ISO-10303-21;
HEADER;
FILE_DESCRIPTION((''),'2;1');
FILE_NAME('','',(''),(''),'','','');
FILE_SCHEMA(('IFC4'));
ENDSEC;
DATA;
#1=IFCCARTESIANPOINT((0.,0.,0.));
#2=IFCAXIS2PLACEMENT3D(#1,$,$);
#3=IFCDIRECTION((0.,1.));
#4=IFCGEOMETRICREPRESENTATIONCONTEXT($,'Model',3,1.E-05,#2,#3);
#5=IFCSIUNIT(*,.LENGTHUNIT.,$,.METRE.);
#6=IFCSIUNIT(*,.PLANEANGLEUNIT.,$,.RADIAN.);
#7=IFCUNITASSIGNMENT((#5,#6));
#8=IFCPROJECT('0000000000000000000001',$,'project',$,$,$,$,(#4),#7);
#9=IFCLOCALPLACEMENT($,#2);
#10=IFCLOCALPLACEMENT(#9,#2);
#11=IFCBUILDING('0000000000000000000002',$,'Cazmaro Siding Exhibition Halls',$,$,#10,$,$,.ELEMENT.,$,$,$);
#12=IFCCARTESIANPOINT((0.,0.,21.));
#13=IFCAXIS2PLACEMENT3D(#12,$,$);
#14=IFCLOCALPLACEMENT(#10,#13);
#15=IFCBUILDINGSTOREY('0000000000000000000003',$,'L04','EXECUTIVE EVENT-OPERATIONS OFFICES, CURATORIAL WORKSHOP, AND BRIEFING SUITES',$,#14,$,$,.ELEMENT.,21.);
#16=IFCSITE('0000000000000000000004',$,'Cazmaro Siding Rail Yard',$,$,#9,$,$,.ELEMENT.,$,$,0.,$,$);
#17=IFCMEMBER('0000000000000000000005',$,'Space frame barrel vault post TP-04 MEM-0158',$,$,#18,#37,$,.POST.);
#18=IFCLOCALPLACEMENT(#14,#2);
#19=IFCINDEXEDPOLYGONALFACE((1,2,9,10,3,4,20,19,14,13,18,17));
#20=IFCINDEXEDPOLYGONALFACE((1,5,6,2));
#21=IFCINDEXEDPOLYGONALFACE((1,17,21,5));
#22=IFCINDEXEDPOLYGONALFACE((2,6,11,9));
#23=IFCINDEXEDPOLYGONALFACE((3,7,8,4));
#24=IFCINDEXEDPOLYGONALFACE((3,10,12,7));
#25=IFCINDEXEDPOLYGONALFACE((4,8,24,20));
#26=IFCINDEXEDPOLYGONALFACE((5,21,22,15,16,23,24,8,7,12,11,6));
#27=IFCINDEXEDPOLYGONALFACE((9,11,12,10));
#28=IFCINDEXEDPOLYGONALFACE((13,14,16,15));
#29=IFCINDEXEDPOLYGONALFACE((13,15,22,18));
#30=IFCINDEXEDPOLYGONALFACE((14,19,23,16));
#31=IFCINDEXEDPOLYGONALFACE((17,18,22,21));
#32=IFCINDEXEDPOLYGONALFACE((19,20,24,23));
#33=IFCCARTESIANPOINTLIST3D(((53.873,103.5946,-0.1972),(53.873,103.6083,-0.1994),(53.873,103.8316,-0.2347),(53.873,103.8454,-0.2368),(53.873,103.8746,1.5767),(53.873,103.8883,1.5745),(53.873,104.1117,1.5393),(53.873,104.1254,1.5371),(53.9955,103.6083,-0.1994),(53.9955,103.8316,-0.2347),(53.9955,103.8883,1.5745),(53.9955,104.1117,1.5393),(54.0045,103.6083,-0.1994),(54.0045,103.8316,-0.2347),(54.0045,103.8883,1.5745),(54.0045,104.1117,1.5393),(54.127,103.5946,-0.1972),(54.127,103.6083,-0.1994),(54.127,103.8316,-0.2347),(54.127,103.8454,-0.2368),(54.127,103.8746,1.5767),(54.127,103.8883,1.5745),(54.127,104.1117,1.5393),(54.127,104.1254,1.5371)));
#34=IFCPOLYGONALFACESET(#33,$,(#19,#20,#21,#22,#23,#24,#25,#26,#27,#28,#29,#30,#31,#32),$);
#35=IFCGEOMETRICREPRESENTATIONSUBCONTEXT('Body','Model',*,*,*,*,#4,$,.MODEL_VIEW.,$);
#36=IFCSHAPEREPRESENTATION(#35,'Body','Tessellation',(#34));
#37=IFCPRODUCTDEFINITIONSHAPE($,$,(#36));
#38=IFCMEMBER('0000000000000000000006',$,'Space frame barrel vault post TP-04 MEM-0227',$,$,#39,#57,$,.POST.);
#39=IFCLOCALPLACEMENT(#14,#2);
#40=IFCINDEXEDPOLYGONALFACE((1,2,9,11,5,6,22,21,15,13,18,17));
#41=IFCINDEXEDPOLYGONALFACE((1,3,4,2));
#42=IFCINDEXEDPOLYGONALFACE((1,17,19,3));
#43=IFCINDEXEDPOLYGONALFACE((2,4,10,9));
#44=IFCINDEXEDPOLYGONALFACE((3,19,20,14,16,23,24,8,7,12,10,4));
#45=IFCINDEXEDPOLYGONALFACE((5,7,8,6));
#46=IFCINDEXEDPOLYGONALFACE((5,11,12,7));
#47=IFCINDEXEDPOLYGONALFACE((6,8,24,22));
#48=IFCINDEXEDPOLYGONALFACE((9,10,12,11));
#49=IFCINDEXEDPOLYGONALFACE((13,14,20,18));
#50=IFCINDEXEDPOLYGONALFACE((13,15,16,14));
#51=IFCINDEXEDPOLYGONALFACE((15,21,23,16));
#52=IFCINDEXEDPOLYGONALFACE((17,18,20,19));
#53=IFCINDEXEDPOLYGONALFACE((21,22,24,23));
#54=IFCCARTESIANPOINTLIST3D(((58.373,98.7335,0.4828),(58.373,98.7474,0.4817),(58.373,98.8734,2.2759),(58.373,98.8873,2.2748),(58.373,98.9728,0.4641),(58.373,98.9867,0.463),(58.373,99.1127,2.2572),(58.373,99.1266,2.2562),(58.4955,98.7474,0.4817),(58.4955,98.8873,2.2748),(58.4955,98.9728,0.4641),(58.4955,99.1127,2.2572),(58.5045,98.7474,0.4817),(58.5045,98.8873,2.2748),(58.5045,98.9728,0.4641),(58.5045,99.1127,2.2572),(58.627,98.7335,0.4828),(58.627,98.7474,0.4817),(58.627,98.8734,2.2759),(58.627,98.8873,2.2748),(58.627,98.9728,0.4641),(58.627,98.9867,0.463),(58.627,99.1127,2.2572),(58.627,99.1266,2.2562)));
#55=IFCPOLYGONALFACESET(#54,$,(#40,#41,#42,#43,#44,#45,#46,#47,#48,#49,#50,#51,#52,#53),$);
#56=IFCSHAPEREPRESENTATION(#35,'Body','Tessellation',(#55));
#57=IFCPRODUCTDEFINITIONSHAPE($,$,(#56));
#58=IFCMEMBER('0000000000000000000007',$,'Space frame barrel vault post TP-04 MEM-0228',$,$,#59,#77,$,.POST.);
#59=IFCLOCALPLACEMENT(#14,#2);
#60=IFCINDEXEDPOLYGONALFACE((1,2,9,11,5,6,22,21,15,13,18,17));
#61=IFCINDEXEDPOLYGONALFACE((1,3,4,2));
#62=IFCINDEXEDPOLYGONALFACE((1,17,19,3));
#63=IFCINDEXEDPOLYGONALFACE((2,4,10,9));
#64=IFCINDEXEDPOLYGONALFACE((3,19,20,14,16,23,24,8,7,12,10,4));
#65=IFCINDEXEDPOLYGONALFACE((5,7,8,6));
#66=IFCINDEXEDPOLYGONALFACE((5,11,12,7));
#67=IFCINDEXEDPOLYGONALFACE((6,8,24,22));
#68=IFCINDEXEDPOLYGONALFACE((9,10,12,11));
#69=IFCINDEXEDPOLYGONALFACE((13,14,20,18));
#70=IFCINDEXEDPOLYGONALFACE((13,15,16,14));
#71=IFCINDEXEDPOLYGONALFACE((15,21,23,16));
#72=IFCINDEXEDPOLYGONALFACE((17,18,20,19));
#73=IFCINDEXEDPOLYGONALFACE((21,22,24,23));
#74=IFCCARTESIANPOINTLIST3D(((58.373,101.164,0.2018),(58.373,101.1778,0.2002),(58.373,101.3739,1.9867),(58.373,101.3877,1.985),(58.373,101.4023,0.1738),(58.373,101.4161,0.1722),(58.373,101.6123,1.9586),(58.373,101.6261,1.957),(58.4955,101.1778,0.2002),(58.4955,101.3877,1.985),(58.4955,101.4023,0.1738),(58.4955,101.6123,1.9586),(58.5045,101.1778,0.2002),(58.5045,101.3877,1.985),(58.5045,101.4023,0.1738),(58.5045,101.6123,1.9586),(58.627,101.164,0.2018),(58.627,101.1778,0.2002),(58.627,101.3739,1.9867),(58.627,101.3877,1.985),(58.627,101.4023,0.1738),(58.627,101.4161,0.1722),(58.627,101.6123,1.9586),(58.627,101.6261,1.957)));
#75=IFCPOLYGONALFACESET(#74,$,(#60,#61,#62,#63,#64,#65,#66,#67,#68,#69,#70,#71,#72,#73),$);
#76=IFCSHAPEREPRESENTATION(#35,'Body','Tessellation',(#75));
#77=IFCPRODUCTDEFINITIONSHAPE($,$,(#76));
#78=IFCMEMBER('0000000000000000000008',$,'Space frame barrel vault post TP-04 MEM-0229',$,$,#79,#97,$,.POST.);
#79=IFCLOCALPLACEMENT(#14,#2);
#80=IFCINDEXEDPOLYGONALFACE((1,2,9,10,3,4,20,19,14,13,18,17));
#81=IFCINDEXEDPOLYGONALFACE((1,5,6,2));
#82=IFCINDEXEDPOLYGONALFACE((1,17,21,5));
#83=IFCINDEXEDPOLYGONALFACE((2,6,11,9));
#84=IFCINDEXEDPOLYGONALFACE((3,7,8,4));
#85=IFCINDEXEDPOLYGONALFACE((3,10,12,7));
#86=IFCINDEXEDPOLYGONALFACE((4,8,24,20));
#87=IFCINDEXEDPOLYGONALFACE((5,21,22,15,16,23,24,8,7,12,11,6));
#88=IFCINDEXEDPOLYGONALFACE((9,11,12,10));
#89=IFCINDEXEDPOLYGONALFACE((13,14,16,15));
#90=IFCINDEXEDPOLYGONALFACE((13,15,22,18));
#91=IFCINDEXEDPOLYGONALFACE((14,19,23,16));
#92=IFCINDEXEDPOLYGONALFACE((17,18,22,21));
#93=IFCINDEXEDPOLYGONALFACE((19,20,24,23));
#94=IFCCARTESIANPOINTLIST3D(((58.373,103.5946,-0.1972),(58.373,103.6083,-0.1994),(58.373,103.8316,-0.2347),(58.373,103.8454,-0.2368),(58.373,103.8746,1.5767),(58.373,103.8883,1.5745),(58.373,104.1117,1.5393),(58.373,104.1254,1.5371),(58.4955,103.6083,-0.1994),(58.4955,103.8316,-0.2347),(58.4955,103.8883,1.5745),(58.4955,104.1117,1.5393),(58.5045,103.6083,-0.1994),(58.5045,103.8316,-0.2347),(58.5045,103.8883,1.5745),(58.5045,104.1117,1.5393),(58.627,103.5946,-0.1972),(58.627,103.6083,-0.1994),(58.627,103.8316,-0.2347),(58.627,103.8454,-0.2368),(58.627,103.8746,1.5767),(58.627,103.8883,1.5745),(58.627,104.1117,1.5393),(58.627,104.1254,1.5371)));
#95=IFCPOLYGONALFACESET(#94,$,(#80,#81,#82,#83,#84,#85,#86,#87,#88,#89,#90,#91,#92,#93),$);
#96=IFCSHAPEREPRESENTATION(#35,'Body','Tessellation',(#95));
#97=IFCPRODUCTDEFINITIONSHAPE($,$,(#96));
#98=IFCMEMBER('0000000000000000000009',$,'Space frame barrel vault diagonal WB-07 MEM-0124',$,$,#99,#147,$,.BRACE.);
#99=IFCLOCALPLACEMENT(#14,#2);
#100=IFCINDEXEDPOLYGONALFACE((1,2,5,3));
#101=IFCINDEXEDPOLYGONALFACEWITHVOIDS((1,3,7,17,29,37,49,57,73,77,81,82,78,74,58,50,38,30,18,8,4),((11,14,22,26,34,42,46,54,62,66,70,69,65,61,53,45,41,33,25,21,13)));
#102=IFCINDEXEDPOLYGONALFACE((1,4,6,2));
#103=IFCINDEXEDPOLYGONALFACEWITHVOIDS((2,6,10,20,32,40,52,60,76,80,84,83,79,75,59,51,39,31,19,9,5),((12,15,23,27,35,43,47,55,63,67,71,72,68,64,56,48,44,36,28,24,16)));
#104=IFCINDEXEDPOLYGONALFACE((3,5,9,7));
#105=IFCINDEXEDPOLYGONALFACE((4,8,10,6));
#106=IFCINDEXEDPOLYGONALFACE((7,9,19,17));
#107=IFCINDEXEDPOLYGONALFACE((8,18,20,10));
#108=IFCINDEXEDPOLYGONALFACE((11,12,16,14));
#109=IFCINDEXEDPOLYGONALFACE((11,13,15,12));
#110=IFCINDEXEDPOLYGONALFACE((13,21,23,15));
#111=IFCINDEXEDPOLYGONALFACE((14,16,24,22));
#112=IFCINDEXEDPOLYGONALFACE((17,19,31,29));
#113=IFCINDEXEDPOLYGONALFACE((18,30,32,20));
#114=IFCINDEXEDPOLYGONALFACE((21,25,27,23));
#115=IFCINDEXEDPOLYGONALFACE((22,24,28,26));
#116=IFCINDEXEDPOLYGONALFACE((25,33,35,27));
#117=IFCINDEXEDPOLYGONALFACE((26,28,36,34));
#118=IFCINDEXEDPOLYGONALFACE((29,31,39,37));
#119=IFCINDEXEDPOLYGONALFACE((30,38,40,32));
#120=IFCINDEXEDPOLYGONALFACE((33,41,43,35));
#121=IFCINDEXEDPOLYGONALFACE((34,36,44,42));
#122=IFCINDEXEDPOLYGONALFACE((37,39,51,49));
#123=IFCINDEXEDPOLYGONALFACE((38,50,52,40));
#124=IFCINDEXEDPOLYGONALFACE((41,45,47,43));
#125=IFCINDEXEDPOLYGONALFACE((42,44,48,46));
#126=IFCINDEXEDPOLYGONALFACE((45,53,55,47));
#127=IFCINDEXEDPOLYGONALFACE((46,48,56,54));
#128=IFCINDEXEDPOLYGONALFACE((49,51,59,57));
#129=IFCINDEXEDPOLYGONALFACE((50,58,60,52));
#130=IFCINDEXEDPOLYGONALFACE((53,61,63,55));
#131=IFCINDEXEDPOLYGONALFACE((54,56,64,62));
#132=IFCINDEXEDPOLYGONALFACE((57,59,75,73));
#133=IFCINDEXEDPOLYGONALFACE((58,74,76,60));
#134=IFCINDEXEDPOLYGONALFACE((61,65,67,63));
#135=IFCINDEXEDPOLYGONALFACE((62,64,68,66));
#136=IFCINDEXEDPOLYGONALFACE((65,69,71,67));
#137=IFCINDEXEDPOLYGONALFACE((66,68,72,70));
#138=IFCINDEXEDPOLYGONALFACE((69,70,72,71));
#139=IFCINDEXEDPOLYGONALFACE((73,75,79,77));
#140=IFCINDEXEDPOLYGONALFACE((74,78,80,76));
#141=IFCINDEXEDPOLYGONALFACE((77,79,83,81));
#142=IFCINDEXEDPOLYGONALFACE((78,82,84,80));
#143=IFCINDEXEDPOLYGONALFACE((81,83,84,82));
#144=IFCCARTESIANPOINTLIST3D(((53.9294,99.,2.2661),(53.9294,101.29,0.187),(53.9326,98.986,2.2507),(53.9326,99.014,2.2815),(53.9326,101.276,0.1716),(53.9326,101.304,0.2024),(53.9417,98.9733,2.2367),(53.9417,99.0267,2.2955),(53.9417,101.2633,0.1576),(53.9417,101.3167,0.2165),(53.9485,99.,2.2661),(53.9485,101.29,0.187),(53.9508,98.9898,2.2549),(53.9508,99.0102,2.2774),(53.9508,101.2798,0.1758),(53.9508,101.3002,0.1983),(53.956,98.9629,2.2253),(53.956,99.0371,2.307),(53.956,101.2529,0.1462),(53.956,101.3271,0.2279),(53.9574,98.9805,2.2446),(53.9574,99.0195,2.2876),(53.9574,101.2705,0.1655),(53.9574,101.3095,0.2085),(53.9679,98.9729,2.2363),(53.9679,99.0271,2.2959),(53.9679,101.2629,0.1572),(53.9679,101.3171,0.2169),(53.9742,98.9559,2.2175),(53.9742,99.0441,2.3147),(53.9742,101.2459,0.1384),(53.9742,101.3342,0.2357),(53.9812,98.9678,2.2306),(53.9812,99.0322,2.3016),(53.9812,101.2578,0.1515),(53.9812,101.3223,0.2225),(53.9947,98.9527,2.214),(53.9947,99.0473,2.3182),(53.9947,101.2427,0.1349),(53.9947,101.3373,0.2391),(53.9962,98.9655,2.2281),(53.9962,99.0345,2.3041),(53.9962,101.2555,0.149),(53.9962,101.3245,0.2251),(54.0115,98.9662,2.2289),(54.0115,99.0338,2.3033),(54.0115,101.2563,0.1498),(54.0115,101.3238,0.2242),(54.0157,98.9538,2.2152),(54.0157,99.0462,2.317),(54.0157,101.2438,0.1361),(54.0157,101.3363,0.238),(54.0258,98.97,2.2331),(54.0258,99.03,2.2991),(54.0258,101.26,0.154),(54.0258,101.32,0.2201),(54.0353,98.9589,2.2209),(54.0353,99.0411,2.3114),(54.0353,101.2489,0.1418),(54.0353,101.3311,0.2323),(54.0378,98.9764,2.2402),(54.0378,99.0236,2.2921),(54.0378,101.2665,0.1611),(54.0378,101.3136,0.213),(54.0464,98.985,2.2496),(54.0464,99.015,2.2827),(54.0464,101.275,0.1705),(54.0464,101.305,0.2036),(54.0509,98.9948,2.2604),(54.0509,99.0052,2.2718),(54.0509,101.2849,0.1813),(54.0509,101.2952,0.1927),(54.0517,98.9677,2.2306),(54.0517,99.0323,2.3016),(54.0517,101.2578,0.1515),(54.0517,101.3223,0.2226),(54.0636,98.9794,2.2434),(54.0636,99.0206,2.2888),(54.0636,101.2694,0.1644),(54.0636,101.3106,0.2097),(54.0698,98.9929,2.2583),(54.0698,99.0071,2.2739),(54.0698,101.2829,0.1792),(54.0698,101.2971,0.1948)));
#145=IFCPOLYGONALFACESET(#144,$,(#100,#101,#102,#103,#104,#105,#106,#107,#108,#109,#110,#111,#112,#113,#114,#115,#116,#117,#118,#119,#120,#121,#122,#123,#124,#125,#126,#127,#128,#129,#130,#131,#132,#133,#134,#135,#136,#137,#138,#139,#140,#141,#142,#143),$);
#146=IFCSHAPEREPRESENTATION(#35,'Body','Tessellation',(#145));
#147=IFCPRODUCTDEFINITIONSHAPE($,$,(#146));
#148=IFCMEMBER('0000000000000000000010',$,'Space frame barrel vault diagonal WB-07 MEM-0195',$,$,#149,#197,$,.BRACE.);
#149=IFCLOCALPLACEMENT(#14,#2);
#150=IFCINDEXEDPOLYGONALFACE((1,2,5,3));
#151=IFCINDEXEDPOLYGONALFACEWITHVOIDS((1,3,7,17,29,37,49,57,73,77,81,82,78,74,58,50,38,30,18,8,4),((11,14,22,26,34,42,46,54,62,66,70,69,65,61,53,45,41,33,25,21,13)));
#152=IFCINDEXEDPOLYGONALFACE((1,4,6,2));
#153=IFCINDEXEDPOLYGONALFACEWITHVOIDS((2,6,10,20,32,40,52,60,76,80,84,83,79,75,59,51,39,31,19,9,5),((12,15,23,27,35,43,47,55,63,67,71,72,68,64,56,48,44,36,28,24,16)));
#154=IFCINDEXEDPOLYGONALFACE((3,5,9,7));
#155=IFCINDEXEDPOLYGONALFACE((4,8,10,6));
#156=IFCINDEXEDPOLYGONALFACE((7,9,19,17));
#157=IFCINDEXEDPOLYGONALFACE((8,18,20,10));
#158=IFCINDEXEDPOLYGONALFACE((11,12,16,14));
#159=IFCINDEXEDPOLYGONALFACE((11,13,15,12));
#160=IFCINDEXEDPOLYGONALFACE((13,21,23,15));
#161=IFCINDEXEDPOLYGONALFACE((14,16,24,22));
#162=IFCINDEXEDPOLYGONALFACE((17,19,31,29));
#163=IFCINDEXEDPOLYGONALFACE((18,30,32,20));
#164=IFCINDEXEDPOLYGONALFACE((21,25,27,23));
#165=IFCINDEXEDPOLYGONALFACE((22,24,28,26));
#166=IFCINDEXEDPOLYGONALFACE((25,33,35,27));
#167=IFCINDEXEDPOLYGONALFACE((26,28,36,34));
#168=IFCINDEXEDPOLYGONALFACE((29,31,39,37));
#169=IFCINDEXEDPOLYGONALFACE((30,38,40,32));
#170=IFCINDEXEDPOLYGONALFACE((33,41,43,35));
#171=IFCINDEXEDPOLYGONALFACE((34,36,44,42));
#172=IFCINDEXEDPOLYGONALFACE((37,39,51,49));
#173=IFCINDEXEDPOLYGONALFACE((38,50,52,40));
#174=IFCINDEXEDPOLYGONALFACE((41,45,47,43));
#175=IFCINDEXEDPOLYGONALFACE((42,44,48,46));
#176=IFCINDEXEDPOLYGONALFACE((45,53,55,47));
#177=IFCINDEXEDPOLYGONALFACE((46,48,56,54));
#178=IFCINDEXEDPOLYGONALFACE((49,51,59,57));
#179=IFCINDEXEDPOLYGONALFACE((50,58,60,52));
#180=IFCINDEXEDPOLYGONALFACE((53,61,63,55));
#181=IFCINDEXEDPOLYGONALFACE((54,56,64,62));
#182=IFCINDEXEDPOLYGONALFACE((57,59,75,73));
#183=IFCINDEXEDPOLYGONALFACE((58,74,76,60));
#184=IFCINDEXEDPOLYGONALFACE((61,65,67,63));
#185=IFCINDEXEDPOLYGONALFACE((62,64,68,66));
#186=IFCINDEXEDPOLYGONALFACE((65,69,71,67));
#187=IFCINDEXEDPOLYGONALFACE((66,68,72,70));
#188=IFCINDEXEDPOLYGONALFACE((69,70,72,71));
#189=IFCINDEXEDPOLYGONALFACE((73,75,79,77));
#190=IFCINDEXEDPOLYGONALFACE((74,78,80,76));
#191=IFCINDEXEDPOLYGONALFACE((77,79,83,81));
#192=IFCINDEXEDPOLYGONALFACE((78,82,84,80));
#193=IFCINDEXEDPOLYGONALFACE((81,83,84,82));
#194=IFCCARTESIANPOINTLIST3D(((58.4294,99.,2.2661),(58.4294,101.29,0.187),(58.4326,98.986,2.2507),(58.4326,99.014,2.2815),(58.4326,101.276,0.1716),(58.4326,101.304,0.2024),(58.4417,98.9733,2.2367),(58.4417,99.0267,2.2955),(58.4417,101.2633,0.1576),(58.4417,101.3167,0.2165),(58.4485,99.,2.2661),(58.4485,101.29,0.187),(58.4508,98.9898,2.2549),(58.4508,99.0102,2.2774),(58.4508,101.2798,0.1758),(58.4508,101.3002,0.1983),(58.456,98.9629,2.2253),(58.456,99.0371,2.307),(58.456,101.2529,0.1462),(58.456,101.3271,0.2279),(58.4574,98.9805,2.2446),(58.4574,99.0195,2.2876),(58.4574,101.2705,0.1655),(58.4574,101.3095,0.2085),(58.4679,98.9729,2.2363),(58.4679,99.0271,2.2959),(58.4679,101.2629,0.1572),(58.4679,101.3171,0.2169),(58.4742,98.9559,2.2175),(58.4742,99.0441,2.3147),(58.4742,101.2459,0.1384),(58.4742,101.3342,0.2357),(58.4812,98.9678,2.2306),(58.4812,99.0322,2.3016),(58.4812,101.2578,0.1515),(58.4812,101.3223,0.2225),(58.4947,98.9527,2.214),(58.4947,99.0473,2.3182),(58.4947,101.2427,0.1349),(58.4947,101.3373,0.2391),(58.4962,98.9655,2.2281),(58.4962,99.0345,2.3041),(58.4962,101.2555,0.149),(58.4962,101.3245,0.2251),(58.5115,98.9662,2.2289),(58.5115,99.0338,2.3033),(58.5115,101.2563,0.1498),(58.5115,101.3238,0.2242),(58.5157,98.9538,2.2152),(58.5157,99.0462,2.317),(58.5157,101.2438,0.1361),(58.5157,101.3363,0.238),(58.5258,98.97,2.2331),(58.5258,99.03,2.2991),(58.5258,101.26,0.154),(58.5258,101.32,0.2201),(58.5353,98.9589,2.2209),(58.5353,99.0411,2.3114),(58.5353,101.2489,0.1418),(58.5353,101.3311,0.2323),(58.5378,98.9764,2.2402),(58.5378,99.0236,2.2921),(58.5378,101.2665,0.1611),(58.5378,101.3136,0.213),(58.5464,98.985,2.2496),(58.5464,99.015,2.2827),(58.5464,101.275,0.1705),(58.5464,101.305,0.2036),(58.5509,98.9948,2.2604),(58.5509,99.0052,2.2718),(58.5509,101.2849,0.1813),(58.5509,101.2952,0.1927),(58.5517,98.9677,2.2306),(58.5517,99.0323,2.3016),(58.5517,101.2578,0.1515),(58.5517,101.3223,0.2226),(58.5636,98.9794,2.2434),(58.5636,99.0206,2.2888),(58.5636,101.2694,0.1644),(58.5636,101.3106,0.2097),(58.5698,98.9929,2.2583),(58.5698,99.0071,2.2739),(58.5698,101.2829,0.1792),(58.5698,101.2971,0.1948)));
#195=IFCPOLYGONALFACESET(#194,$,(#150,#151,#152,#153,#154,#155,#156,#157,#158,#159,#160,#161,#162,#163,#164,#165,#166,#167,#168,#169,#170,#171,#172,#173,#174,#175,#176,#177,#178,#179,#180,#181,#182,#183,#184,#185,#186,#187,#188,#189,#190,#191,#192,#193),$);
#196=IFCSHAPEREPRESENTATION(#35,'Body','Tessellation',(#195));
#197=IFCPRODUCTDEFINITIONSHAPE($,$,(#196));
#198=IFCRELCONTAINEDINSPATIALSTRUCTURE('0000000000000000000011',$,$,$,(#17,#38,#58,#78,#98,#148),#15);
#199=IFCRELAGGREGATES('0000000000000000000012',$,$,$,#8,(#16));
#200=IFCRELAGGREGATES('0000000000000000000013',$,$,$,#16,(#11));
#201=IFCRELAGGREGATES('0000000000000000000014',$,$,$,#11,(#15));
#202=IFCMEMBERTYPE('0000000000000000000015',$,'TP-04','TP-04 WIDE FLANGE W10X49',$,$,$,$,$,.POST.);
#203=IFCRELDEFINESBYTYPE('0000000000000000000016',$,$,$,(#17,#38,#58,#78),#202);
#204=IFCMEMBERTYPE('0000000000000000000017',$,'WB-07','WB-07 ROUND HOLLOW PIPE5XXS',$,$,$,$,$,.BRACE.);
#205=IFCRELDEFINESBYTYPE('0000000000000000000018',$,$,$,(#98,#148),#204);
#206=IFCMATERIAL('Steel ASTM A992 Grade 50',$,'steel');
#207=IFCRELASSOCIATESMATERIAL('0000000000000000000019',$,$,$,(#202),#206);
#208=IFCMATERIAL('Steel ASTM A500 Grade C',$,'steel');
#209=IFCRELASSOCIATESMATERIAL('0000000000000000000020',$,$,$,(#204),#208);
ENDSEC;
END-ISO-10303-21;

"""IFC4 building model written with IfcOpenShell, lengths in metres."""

from ifc_helpers import new_model, si_unit, direction, frame, origin, origin_2d, place, context, subcontext, project, spatial, hollow_circle, i_section, extrude, material, material_profile, profile_set, type_object, element, save


model = new_model("IFC4")

# Units and contexts
model_context = context("Model", 3, precision=1e-05, world=origin(), true_north=direction((0.0, 1.0)))
body_context = subcontext(model_context, "Body", "Model", "MODEL_VIEW")
ifc_project = project(units=[si_unit("LENGTHUNIT", "METRE"), si_unit("PLANEANGLEUNIT", "RADIAN")], contexts=[model_context])

# Site, building, storey
site_placement = place(None, origin())
site = spatial("IfcSite", under=ifc_project, at=site_placement, Name="Cazmaro Siding Rail Yard", CompositionType="ELEMENT", RefElevation=0.0)
building_placement = place(site_placement, origin())
building = spatial("IfcBuilding", under=site, at=building_placement, Name="Cazmaro Siding Exhibition Halls", CompositionType="ELEMENT")
storey_placement = place(building_placement, frame((0.0, 0.0, 21.0)))
storey = spatial("IfcBuildingStorey", under=building, at=storey_placement, Name="L04", Description="EXECUTIVE EVENT-OPERATIONS OFFICES, CURATORIAL WORKSHOP, AND BRIEFING SUITES", CompositionType="ELEMENT", Elevation=21.0)

# Members
ifc_material_1 = material(Name="Steel ASTM A992 Grade 50", Category="steel")
ifc_material_profile_1 = material_profile(ifc_material_1, i_section(OverallWidth=0.2539, OverallDepth=0.2539, WebThickness=0.009, FlangeThickness=0.0139, at=origin_2d()), Name="W10X49")
ifc_profile_set_1 = profile_set([ifc_material_profile_1], Name="Steel ASTM A992 Grade 50")
member_type_1 = type_object("IfcMemberType", Name="TP-04", Description="TP-04 WIDE FLANGE W10X49", PredefinedType="POST", material=ifc_profile_set_1)
member_1_placement = place(storey_placement, frame((54.0, 103.72, -0.217), z_axis=(0.0, 0.155928, 0.987768), x_axis=(-1.0, 0.0, 0.0)))
element("IfcMember", 1, at=member_1_placement, inside=storey, type_object=member_type_1, Name="Space frame barrel vault post TP-04 MEM-0158", PredefinedType="POST", context=body_context, shape_type="SweptSolid", body=[
    extrude(i_section(OverallWidth=0.2539, OverallDepth=0.2539, WebThickness=0.009, FlangeThickness=0.0139, at=origin_2d()), origin(), (0.0, 0.0, 1.0), 1.7959),
])
member_2_placement = place(storey_placement, frame((58.5, 98.8601, 0.4729), z_axis=(0.0, 0.077776, 0.996971), x_axis=(-1.0, 0.0, 0.0)))
element("IfcMember", 2, at=member_2_placement, inside=storey, type_object=member_type_1, Name="Space frame barrel vault post TP-04 MEM-0227", PredefinedType="POST", context=body_context, shape_type="SweptSolid", body=[
    extrude(i_section(OverallWidth=0.2539, OverallDepth=0.2539, WebThickness=0.009, FlangeThickness=0.0139, at=origin_2d()), origin(), (0.0, 0.0, 1.0), 1.7986),
])
member_3_placement = place(storey_placement, frame((58.5, 101.29, 0.187), z_axis=(0.0, 0.116825, 0.993152), x_axis=(-1.0, 0.0, 0.0)))
element("IfcMember", 3, at=member_3_placement, inside=storey, type_object=member_type_1, Name="Space frame barrel vault post TP-04 MEM-0228", PredefinedType="POST", context=body_context, shape_type="SweptSolid", body=[
    extrude(i_section(OverallWidth=0.2539, OverallDepth=0.2539, WebThickness=0.009, FlangeThickness=0.0139, at=origin_2d()), origin(), (0.0, 0.0, 1.0), 1.7971),
])
member_4_placement = place(storey_placement, frame((58.5, 103.72, -0.217), z_axis=(0.0, 0.155928, 0.987768), x_axis=(-1.0, 0.0, 0.0)))
element("IfcMember", 4, at=member_4_placement, inside=storey, type_object=member_type_1, Name="Space frame barrel vault post TP-04 MEM-0229", PredefinedType="POST", context=body_context, shape_type="SweptSolid", body=[
    extrude(i_section(OverallWidth=0.2539, OverallDepth=0.2539, WebThickness=0.009, FlangeThickness=0.0139, at=origin_2d()), origin(), (0.0, 0.0, 1.0), 1.7959),
])
ifc_material_2 = material(Name="Steel ASTM A500 Grade C", Category="steel")
ifc_material_profile_2 = material_profile(ifc_material_2, hollow_circle(Radius=0.0706, WallThickness=0.019, at=origin_2d()), Name="PIPE5XXS")
ifc_profile_set_2 = profile_set([ifc_material_profile_2], Name="Steel ASTM A500 Grade C")
member_type_2 = type_object("IfcMemberType", Name="WB-07", Description="WB-07 ROUND HOLLOW PIPE5XXS", PredefinedType="BRACE", material=ifc_profile_set_2)
for number, where, z_axis, x_axis, name in (
    (5, (54.0, 99.0, 2.2661), (0.0, 0.740383, -0.672185), (-1.0, 0.0, 0.0), "Space frame barrel vault diagonal WB-07 MEM-0124"),
    (6, (58.5, 99.0, 2.2661), (0.0, 0.740383, -0.672185), (-1.0, 0.0, 0.0), "Space frame barrel vault diagonal WB-07 MEM-0195"),
):
    element("IfcMember", number, at=place(storey_placement, frame(where, z_axis=z_axis, x_axis=x_axis)), inside=storey, type_object=member_type_2, Name=name, PredefinedType="BRACE", context=body_context, shape_type="SweptSolid", body=[
        extrude(hollow_circle(Radius=0.0706, WallThickness=0.019, at=origin_2d()), origin(), (0.0, 0.0, 1.0), 3.093),
    ])

save(model, "model.ifc")
